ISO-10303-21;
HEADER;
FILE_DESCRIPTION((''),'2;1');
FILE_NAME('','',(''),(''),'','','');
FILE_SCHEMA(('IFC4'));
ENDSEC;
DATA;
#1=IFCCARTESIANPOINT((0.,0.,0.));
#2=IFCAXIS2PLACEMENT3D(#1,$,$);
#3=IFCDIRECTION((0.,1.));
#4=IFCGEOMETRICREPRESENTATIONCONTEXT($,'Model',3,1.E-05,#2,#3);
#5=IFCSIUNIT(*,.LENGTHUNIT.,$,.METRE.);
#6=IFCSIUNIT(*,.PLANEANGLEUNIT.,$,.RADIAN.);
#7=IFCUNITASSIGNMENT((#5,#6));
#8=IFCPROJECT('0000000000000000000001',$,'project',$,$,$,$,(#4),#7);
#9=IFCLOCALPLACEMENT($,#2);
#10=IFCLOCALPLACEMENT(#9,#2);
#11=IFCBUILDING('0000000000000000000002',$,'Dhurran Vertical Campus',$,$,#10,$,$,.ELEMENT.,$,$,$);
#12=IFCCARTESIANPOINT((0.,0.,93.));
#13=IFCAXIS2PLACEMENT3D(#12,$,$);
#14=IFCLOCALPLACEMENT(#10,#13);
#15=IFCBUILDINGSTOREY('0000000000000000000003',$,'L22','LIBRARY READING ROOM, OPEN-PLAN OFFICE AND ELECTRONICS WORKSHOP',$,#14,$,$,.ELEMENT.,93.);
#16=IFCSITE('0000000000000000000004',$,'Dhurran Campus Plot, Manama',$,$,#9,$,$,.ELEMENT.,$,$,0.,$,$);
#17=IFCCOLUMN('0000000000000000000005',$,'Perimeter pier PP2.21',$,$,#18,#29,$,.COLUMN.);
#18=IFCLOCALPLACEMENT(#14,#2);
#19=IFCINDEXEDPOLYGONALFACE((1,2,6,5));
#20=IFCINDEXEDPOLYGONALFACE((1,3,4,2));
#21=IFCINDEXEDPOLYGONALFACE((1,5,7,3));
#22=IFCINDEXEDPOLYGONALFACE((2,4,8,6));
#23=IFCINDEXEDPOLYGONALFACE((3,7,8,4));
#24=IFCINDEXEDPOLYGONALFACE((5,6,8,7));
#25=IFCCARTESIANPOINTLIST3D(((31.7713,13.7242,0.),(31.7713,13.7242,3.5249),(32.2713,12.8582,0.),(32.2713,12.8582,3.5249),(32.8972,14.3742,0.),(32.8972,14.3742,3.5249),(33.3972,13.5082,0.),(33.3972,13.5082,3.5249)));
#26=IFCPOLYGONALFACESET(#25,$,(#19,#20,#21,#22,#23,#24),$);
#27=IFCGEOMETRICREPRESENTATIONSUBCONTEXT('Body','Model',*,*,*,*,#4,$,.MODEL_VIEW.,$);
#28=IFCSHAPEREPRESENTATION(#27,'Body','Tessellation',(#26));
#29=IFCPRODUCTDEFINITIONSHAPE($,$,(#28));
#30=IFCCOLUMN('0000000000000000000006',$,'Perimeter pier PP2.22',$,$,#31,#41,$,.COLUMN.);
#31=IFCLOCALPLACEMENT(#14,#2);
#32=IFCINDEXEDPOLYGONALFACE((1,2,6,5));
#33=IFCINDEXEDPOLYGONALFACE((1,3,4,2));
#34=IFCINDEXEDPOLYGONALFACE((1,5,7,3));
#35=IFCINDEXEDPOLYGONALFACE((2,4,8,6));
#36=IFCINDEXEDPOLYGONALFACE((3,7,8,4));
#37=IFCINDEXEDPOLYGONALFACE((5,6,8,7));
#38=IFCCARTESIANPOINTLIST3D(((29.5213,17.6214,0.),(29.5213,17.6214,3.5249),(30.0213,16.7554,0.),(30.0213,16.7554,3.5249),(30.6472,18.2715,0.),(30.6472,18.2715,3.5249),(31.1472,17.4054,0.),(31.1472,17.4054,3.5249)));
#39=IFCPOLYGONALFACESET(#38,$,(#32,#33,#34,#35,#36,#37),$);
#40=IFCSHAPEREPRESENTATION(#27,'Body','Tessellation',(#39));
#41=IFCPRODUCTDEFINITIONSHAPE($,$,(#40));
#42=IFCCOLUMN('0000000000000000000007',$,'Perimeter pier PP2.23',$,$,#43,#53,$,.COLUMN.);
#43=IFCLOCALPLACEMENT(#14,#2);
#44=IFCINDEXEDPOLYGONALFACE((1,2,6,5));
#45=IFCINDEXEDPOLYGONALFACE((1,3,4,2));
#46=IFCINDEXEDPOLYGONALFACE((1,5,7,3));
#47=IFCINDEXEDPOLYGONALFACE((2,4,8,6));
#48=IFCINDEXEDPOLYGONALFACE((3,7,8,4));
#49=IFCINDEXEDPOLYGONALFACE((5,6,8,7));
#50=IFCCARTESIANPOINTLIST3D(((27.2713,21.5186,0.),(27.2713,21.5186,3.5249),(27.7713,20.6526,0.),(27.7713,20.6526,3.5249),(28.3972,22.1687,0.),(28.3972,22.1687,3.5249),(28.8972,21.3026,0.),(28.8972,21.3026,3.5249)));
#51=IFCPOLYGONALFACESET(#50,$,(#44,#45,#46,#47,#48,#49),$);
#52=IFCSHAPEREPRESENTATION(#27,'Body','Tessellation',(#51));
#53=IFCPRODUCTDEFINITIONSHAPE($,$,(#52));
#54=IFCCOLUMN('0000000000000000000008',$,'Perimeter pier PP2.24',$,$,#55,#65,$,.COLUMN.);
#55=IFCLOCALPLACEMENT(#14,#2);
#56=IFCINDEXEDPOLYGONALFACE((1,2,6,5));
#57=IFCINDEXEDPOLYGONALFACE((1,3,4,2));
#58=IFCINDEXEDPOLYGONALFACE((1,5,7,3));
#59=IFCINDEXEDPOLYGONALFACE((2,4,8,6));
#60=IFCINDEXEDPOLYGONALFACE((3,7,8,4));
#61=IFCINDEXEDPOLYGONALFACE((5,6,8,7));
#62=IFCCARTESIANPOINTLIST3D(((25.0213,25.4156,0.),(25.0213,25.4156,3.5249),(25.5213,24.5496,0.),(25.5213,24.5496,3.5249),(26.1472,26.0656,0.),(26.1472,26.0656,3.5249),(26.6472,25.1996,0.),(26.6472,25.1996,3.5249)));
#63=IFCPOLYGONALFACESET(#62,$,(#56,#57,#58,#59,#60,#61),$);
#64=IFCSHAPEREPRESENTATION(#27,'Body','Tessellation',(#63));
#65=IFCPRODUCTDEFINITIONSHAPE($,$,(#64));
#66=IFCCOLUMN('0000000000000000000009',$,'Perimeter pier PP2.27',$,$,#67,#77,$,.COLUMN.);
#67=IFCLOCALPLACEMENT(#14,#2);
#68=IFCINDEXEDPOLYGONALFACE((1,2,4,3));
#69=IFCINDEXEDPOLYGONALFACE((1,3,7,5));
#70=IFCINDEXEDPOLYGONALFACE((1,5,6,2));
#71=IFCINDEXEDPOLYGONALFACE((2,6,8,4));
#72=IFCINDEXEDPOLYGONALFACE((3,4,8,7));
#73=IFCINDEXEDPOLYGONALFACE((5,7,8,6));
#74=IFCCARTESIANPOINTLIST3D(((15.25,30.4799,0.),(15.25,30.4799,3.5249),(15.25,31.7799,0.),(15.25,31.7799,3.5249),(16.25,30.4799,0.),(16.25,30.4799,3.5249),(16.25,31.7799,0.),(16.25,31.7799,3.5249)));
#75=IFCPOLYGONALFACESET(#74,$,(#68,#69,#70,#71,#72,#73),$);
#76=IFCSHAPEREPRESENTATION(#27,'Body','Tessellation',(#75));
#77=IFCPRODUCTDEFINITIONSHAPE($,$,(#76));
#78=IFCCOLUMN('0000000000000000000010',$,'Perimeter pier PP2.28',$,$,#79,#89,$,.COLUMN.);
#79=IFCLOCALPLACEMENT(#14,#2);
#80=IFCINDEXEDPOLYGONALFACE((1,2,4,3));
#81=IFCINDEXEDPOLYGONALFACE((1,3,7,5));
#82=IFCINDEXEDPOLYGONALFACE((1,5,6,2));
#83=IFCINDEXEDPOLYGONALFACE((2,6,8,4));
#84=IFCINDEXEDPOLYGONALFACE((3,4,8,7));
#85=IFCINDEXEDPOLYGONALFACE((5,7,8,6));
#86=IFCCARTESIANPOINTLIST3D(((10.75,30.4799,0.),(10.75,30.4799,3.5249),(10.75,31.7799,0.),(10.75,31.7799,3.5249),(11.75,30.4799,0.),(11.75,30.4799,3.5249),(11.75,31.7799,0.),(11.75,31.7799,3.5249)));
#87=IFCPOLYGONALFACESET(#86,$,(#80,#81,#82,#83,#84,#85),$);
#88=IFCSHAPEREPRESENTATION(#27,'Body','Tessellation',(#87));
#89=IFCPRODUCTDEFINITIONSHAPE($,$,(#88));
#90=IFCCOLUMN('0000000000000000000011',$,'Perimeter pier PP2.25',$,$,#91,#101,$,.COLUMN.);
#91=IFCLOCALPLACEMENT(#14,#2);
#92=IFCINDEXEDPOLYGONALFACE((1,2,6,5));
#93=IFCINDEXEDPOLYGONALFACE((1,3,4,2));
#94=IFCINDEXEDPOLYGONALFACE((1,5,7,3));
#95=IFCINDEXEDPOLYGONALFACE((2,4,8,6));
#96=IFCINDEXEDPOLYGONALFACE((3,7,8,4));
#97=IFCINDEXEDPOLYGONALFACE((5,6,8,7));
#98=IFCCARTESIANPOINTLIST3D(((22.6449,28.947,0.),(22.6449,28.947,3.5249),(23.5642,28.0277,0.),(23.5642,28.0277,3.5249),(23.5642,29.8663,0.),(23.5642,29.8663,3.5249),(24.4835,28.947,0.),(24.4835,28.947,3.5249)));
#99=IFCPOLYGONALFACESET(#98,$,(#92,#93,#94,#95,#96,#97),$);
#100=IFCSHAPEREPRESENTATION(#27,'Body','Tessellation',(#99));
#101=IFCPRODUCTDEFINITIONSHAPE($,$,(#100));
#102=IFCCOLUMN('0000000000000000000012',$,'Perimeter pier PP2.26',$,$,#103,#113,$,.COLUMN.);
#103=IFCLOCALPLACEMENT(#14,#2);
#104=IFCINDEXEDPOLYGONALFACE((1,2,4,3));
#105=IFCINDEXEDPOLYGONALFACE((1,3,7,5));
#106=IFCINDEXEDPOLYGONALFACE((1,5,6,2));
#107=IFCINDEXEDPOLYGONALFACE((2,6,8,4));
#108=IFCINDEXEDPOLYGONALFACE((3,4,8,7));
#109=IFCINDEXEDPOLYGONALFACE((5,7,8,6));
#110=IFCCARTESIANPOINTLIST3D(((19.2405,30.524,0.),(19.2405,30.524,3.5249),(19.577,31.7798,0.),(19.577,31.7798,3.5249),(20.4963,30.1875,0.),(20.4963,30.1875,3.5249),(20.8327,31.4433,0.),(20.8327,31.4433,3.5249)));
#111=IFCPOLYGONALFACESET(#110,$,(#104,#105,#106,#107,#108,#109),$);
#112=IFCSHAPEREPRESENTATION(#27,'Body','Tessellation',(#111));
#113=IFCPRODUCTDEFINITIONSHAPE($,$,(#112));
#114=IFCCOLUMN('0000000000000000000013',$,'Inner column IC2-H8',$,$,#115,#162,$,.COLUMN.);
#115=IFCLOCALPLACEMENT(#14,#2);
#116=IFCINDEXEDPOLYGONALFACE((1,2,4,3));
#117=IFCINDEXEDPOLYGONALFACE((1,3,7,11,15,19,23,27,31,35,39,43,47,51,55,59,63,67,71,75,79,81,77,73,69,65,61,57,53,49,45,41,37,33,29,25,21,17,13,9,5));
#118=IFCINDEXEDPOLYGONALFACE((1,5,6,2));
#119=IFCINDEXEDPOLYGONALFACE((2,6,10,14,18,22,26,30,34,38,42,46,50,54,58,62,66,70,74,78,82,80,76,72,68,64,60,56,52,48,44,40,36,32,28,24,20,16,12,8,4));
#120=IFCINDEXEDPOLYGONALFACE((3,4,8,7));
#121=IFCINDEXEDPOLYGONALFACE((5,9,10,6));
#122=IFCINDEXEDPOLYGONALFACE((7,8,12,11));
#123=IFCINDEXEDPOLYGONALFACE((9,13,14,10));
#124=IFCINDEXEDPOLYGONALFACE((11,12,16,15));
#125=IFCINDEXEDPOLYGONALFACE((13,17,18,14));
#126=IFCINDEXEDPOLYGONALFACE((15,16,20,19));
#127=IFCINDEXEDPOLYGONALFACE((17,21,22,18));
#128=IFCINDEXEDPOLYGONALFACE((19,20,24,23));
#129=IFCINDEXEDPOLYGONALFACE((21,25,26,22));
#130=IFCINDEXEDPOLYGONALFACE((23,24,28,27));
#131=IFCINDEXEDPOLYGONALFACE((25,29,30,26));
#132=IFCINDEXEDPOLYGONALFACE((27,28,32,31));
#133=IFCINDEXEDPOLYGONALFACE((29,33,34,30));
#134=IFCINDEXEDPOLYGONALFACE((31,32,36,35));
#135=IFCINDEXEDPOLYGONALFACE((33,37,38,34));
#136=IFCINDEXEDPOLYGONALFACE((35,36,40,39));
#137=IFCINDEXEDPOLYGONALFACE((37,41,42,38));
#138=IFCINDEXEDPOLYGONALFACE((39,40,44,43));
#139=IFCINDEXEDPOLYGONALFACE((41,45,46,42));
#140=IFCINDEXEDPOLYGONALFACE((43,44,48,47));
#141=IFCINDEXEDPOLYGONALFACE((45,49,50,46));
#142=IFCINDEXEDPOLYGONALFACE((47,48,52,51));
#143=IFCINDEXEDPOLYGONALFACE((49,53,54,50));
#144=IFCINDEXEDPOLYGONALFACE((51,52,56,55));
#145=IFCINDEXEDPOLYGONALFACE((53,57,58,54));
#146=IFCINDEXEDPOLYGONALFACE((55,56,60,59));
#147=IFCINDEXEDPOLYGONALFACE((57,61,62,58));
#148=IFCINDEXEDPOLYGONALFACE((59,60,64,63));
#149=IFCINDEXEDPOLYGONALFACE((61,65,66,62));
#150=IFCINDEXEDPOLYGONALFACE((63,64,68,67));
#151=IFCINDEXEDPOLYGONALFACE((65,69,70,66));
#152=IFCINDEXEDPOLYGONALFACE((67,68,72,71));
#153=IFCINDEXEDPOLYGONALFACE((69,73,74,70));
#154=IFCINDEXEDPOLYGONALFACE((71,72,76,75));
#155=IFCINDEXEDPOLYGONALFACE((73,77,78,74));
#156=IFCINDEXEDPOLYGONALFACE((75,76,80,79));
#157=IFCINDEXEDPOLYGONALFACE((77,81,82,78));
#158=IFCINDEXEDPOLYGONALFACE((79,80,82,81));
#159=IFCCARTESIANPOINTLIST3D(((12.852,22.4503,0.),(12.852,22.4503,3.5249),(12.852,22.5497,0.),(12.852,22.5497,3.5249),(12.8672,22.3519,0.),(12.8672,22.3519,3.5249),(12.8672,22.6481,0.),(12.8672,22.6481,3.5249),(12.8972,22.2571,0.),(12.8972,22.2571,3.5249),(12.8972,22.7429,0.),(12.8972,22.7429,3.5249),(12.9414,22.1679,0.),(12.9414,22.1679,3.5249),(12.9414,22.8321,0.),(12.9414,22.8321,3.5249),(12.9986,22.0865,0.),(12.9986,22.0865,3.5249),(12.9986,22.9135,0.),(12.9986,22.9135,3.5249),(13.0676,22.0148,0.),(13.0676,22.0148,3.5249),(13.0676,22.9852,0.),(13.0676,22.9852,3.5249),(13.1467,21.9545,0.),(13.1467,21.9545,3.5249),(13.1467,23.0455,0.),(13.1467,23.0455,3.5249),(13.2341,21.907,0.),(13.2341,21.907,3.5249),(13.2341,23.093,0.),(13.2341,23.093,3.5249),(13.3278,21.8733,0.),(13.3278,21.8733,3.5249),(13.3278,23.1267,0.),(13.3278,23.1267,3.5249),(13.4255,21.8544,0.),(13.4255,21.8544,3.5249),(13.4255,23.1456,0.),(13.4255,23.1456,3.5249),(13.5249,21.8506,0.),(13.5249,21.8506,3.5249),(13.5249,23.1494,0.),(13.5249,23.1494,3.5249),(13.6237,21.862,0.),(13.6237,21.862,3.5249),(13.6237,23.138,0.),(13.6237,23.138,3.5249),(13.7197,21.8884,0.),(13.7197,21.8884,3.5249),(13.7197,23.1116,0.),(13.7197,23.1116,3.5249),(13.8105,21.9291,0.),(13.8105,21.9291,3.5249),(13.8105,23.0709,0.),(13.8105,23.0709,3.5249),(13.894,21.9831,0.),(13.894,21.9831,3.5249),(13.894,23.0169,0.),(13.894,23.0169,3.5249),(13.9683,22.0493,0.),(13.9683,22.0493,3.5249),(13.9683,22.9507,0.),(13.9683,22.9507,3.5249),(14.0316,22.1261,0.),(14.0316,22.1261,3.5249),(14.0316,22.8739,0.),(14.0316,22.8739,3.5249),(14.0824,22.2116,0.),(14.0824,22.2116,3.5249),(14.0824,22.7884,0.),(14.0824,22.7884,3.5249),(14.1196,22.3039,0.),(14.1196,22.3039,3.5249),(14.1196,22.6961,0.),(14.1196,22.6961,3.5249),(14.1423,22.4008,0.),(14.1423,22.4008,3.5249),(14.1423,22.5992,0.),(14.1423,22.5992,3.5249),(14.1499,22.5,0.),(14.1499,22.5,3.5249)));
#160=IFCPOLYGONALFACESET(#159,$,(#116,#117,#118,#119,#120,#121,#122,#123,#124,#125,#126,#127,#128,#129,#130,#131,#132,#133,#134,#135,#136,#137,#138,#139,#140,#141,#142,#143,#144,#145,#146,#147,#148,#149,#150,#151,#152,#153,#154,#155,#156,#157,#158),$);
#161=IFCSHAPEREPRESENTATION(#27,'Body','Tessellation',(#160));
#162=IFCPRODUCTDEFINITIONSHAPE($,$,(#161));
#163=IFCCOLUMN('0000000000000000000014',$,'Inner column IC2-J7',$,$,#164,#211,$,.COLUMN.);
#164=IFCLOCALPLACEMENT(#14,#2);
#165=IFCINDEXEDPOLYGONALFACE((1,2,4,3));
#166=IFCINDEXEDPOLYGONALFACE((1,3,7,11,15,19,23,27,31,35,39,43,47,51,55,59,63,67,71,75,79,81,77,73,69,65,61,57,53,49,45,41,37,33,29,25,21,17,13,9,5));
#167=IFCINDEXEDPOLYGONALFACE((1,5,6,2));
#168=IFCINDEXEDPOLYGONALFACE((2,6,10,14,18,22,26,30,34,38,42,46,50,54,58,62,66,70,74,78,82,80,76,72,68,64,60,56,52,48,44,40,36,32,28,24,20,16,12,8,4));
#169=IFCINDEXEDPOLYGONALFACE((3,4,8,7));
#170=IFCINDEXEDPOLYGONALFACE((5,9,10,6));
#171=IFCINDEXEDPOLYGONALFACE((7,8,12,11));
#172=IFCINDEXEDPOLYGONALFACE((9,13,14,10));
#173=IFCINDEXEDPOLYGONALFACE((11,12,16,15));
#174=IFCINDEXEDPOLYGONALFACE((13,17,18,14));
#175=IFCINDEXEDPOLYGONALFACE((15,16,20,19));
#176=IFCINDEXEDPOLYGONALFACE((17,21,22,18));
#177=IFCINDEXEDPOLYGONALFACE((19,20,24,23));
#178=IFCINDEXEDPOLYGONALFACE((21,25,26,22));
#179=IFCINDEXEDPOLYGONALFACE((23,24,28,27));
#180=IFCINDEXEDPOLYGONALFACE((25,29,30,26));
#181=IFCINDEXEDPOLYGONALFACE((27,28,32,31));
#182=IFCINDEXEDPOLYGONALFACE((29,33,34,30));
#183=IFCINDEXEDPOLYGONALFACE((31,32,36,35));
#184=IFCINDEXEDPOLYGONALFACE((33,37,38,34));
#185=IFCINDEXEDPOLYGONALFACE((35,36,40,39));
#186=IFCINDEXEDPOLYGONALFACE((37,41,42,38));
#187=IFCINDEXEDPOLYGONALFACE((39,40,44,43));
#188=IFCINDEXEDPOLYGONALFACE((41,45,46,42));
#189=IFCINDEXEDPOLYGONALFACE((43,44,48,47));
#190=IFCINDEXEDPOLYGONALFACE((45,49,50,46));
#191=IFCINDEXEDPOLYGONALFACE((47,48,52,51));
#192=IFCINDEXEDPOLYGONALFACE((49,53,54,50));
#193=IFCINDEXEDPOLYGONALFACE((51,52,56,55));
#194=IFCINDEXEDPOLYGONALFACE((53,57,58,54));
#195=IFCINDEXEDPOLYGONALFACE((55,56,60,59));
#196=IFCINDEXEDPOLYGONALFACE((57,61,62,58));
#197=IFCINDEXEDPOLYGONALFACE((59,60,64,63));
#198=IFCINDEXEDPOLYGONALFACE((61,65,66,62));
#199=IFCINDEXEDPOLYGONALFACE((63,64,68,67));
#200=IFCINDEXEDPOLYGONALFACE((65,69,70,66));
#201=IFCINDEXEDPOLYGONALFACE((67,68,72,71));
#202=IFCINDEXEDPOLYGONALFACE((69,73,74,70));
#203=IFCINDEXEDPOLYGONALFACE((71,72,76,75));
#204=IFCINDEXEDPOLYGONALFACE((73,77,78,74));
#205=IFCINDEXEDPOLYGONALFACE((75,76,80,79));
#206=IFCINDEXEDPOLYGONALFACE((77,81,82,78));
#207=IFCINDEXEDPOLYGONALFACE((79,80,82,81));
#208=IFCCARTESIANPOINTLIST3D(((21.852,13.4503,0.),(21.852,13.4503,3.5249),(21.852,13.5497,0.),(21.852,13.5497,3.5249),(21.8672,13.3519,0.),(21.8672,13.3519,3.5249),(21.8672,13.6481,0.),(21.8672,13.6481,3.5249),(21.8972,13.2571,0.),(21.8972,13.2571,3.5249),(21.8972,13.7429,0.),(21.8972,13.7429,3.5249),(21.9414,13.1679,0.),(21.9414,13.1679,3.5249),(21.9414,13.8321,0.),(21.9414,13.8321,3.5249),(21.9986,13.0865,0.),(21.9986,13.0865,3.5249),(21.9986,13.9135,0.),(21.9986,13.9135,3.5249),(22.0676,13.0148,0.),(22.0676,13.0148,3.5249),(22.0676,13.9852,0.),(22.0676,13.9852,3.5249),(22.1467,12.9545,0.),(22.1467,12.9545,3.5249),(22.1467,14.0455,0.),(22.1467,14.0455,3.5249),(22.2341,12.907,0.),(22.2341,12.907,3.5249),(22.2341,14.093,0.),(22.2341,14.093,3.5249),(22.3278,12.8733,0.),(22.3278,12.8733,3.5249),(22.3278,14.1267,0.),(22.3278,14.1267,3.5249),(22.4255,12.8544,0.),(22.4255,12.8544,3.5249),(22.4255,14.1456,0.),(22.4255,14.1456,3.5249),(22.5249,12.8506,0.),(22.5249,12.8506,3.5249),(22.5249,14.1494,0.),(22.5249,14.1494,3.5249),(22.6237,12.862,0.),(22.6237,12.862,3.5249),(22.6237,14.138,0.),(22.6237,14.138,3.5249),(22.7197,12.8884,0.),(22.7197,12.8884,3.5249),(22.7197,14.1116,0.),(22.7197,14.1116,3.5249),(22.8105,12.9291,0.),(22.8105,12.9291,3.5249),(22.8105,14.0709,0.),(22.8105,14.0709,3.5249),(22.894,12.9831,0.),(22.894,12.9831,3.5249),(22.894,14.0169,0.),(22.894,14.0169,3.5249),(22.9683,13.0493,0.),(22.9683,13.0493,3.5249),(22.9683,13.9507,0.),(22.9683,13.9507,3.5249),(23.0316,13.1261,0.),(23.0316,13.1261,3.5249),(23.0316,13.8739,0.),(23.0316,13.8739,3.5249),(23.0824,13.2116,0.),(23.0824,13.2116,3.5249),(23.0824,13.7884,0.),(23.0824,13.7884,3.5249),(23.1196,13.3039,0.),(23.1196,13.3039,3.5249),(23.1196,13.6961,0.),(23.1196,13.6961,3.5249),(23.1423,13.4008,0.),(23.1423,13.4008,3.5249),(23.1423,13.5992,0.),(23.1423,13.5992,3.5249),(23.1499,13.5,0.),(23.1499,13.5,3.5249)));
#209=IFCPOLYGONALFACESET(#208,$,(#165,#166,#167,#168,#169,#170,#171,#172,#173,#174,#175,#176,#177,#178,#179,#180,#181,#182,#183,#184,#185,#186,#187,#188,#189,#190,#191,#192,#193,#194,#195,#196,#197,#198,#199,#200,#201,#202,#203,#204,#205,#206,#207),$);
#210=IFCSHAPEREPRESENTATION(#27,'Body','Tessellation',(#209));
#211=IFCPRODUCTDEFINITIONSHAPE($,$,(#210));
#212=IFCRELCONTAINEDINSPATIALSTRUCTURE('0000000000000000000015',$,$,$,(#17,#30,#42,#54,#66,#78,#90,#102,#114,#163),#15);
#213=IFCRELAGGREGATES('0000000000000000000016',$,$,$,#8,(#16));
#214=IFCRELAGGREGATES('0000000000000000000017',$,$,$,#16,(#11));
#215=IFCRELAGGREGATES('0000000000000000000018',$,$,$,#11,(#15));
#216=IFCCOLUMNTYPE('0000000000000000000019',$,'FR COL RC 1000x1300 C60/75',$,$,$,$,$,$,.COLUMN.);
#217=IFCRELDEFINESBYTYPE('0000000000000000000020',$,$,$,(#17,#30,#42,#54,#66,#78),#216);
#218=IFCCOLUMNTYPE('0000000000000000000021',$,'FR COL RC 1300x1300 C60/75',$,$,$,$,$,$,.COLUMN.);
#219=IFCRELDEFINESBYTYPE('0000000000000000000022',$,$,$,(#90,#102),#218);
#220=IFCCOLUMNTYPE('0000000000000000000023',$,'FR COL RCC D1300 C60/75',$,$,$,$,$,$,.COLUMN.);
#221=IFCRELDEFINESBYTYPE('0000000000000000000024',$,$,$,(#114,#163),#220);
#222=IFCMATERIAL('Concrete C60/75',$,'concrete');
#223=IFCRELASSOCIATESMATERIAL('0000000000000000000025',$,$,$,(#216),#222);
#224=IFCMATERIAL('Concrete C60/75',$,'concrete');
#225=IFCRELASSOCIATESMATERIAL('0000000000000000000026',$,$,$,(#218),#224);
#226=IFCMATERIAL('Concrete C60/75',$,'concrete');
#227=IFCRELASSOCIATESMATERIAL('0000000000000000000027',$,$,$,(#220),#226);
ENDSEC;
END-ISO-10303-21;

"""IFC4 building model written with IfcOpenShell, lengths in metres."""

from ifc_helpers import new_model, si_unit, direction, frame, origin, origin_2d, place, context, subcontext, project, spatial, rectangle, circle, extrude, material, material_profile, profile_set, type_object, element, save


model = new_model("IFC4")

# Units and contexts
model_context = context("Model", 3, precision=1e-05, world=origin(), true_north=direction((0.0, 1.0)))
body_context = subcontext(model_context, "Body", "Model", "MODEL_VIEW")
ifc_project = project(units=[si_unit("LENGTHUNIT", "METRE"), si_unit("PLANEANGLEUNIT", "RADIAN")], contexts=[model_context])

# Site, building, storey
site_placement = place(None, origin())
site = spatial("IfcSite", under=ifc_project, at=site_placement, Name="Dhurran Campus Plot, Manama", CompositionType="ELEMENT", RefElevation=0.0)
building_placement = place(site_placement, origin())
building = spatial("IfcBuilding", under=site, at=building_placement, Name="Dhurran Vertical Campus", CompositionType="ELEMENT")
storey_placement = place(building_placement, frame((0.0, 0.0, 93.0)))
storey = spatial("IfcBuildingStorey", under=building, at=storey_placement, Name="L22", Description="LIBRARY READING ROOM, OPEN-PLAN OFFICE AND ELECTRONICS WORKSHOP", CompositionType="ELEMENT", Elevation=93.0)

# Columns
ifc_material_1 = material(Name="Concrete C60/75", Category="concrete")
ifc_material_profile_1 = material_profile(ifc_material_1, rectangle(XDim=1.0, YDim=1.3, at=origin_2d()), Name="RC 1000x1300")
ifc_profile_set_1 = profile_set([ifc_material_profile_1], Name="Concrete C60/75")
column_type_1 = type_object("IfcColumnType", Name="FR COL RC 1000x1300 C60/75", PredefinedType="COLUMN", material=ifc_profile_set_1)
for number, where, z_axis, x_axis, name in (
    (1, (32.5842, 13.6162, 0.0), (0.0, 0.0, 1.0), (-0.5, 0.866025, 0.0), "Perimeter pier PP2.21"),
    (2, (30.3342, 17.5134, 0.0), (0.0, 0.0, 1.0), (-0.5, 0.866025, 0.0), "Perimeter pier PP2.22"),
    (3, (28.0842, 21.4106, 0.0), (0.0, 0.0, 1.0), (-0.5, 0.866025, 0.0), "Perimeter pier PP2.23"),
    (4, (25.8342, 25.3076, 0.0), (0.0, 0.0, 1.0), (-0.5, 0.866025, 0.0), "Perimeter pier PP2.24"),
    (5, (15.75, 31.1299, 0.0), (0.0, 0.0, 1.0), (-1.0, 0.0, 0.0), "Perimeter pier PP2.27"),
    (6, (11.25, 31.1299, 0.0), (0.0, 0.0, 1.0), (-1.0, 0.0, 0.0), "Perimeter pier PP2.28"),
):
    element("IfcColumn", number, at=place(storey_placement, frame(where, z_axis=z_axis, x_axis=x_axis)), inside=storey, type_object=column_type_1, Name=name, PredefinedType="COLUMN", context=body_context, shape_type="SweptSolid", body=[
        extrude(rectangle(XDim=1.0, YDim=1.3, at=origin_2d()), origin(), (0.0, 0.0, 1.0), 3.5249),
    ])
ifc_material_2 = material(Name="Concrete C60/75", Category="concrete")
ifc_material_profile_2 = material_profile(ifc_material_2, rectangle(XDim=1.3, YDim=1.3, at=origin_2d()), Name="RC 1300x1300")
ifc_profile_set_2 = profile_set([ifc_material_profile_2], Name="Concrete C60/75")
column_type_2 = type_object("IfcColumnType", Name="FR COL RC 1300x1300 C60/75", PredefinedType="COLUMN", material=ifc_profile_set_2)
for number, where, z_axis, x_axis, name in (
    (7, (23.5642, 28.947, 0.0), (0.0, 0.0, 1.0), (-0.707107, 0.707107, 0.0), "Perimeter pier PP2.25"),
    (8, (20.0366, 30.9836, 0.0), (0.0, 0.0, 1.0), (-0.965926, 0.258819, 0.0), "Perimeter pier PP2.26"),
):
    element("IfcColumn", number, at=place(storey_placement, frame(where, z_axis=z_axis, x_axis=x_axis)), inside=storey, type_object=column_type_2, Name=name, PredefinedType="COLUMN", context=body_context, shape_type="SweptSolid", body=[
        extrude(rectangle(XDim=1.3, YDim=1.3, at=origin_2d()), origin(), (0.0, 0.0, 1.0), 3.5249),
    ])
ifc_material_3 = material(Name="Concrete C60/75", Category="concrete")
ifc_material_profile_3 = material_profile(ifc_material_3, circle(Radius=0.6499, at=origin_2d()), Name="RCC D1300")
ifc_profile_set_3 = profile_set([ifc_material_profile_3], Name="Concrete C60/75")
column_type_3 = type_object("IfcColumnType", Name="FR COL RCC D1300 C60/75", PredefinedType="COLUMN", material=ifc_profile_set_3)
for number, where, z_axis, x_axis, name in (
    (9, (13.5, 22.5, 0.0), (0.0, 0.0, 1.0), (1.0, 0.0, 0.0), "Inner column IC2-H8"),
    (10, (22.5, 13.5, 0.0), (0.0, 0.0, 1.0), (1.0, 0.0, 0.0), "Inner column IC2-J7"),
):
    element("IfcColumn", number, at=place(storey_placement, frame(where, z_axis=z_axis, x_axis=x_axis)), inside=storey, type_object=column_type_3, Name=name, PredefinedType="COLUMN", context=body_context, shape_type="SweptSolid", body=[
        extrude(circle(Radius=0.6499, at=origin_2d()), origin(), (0.0, 0.0, 1.0), 3.5249),
    ])

save(model, "model.ifc")
